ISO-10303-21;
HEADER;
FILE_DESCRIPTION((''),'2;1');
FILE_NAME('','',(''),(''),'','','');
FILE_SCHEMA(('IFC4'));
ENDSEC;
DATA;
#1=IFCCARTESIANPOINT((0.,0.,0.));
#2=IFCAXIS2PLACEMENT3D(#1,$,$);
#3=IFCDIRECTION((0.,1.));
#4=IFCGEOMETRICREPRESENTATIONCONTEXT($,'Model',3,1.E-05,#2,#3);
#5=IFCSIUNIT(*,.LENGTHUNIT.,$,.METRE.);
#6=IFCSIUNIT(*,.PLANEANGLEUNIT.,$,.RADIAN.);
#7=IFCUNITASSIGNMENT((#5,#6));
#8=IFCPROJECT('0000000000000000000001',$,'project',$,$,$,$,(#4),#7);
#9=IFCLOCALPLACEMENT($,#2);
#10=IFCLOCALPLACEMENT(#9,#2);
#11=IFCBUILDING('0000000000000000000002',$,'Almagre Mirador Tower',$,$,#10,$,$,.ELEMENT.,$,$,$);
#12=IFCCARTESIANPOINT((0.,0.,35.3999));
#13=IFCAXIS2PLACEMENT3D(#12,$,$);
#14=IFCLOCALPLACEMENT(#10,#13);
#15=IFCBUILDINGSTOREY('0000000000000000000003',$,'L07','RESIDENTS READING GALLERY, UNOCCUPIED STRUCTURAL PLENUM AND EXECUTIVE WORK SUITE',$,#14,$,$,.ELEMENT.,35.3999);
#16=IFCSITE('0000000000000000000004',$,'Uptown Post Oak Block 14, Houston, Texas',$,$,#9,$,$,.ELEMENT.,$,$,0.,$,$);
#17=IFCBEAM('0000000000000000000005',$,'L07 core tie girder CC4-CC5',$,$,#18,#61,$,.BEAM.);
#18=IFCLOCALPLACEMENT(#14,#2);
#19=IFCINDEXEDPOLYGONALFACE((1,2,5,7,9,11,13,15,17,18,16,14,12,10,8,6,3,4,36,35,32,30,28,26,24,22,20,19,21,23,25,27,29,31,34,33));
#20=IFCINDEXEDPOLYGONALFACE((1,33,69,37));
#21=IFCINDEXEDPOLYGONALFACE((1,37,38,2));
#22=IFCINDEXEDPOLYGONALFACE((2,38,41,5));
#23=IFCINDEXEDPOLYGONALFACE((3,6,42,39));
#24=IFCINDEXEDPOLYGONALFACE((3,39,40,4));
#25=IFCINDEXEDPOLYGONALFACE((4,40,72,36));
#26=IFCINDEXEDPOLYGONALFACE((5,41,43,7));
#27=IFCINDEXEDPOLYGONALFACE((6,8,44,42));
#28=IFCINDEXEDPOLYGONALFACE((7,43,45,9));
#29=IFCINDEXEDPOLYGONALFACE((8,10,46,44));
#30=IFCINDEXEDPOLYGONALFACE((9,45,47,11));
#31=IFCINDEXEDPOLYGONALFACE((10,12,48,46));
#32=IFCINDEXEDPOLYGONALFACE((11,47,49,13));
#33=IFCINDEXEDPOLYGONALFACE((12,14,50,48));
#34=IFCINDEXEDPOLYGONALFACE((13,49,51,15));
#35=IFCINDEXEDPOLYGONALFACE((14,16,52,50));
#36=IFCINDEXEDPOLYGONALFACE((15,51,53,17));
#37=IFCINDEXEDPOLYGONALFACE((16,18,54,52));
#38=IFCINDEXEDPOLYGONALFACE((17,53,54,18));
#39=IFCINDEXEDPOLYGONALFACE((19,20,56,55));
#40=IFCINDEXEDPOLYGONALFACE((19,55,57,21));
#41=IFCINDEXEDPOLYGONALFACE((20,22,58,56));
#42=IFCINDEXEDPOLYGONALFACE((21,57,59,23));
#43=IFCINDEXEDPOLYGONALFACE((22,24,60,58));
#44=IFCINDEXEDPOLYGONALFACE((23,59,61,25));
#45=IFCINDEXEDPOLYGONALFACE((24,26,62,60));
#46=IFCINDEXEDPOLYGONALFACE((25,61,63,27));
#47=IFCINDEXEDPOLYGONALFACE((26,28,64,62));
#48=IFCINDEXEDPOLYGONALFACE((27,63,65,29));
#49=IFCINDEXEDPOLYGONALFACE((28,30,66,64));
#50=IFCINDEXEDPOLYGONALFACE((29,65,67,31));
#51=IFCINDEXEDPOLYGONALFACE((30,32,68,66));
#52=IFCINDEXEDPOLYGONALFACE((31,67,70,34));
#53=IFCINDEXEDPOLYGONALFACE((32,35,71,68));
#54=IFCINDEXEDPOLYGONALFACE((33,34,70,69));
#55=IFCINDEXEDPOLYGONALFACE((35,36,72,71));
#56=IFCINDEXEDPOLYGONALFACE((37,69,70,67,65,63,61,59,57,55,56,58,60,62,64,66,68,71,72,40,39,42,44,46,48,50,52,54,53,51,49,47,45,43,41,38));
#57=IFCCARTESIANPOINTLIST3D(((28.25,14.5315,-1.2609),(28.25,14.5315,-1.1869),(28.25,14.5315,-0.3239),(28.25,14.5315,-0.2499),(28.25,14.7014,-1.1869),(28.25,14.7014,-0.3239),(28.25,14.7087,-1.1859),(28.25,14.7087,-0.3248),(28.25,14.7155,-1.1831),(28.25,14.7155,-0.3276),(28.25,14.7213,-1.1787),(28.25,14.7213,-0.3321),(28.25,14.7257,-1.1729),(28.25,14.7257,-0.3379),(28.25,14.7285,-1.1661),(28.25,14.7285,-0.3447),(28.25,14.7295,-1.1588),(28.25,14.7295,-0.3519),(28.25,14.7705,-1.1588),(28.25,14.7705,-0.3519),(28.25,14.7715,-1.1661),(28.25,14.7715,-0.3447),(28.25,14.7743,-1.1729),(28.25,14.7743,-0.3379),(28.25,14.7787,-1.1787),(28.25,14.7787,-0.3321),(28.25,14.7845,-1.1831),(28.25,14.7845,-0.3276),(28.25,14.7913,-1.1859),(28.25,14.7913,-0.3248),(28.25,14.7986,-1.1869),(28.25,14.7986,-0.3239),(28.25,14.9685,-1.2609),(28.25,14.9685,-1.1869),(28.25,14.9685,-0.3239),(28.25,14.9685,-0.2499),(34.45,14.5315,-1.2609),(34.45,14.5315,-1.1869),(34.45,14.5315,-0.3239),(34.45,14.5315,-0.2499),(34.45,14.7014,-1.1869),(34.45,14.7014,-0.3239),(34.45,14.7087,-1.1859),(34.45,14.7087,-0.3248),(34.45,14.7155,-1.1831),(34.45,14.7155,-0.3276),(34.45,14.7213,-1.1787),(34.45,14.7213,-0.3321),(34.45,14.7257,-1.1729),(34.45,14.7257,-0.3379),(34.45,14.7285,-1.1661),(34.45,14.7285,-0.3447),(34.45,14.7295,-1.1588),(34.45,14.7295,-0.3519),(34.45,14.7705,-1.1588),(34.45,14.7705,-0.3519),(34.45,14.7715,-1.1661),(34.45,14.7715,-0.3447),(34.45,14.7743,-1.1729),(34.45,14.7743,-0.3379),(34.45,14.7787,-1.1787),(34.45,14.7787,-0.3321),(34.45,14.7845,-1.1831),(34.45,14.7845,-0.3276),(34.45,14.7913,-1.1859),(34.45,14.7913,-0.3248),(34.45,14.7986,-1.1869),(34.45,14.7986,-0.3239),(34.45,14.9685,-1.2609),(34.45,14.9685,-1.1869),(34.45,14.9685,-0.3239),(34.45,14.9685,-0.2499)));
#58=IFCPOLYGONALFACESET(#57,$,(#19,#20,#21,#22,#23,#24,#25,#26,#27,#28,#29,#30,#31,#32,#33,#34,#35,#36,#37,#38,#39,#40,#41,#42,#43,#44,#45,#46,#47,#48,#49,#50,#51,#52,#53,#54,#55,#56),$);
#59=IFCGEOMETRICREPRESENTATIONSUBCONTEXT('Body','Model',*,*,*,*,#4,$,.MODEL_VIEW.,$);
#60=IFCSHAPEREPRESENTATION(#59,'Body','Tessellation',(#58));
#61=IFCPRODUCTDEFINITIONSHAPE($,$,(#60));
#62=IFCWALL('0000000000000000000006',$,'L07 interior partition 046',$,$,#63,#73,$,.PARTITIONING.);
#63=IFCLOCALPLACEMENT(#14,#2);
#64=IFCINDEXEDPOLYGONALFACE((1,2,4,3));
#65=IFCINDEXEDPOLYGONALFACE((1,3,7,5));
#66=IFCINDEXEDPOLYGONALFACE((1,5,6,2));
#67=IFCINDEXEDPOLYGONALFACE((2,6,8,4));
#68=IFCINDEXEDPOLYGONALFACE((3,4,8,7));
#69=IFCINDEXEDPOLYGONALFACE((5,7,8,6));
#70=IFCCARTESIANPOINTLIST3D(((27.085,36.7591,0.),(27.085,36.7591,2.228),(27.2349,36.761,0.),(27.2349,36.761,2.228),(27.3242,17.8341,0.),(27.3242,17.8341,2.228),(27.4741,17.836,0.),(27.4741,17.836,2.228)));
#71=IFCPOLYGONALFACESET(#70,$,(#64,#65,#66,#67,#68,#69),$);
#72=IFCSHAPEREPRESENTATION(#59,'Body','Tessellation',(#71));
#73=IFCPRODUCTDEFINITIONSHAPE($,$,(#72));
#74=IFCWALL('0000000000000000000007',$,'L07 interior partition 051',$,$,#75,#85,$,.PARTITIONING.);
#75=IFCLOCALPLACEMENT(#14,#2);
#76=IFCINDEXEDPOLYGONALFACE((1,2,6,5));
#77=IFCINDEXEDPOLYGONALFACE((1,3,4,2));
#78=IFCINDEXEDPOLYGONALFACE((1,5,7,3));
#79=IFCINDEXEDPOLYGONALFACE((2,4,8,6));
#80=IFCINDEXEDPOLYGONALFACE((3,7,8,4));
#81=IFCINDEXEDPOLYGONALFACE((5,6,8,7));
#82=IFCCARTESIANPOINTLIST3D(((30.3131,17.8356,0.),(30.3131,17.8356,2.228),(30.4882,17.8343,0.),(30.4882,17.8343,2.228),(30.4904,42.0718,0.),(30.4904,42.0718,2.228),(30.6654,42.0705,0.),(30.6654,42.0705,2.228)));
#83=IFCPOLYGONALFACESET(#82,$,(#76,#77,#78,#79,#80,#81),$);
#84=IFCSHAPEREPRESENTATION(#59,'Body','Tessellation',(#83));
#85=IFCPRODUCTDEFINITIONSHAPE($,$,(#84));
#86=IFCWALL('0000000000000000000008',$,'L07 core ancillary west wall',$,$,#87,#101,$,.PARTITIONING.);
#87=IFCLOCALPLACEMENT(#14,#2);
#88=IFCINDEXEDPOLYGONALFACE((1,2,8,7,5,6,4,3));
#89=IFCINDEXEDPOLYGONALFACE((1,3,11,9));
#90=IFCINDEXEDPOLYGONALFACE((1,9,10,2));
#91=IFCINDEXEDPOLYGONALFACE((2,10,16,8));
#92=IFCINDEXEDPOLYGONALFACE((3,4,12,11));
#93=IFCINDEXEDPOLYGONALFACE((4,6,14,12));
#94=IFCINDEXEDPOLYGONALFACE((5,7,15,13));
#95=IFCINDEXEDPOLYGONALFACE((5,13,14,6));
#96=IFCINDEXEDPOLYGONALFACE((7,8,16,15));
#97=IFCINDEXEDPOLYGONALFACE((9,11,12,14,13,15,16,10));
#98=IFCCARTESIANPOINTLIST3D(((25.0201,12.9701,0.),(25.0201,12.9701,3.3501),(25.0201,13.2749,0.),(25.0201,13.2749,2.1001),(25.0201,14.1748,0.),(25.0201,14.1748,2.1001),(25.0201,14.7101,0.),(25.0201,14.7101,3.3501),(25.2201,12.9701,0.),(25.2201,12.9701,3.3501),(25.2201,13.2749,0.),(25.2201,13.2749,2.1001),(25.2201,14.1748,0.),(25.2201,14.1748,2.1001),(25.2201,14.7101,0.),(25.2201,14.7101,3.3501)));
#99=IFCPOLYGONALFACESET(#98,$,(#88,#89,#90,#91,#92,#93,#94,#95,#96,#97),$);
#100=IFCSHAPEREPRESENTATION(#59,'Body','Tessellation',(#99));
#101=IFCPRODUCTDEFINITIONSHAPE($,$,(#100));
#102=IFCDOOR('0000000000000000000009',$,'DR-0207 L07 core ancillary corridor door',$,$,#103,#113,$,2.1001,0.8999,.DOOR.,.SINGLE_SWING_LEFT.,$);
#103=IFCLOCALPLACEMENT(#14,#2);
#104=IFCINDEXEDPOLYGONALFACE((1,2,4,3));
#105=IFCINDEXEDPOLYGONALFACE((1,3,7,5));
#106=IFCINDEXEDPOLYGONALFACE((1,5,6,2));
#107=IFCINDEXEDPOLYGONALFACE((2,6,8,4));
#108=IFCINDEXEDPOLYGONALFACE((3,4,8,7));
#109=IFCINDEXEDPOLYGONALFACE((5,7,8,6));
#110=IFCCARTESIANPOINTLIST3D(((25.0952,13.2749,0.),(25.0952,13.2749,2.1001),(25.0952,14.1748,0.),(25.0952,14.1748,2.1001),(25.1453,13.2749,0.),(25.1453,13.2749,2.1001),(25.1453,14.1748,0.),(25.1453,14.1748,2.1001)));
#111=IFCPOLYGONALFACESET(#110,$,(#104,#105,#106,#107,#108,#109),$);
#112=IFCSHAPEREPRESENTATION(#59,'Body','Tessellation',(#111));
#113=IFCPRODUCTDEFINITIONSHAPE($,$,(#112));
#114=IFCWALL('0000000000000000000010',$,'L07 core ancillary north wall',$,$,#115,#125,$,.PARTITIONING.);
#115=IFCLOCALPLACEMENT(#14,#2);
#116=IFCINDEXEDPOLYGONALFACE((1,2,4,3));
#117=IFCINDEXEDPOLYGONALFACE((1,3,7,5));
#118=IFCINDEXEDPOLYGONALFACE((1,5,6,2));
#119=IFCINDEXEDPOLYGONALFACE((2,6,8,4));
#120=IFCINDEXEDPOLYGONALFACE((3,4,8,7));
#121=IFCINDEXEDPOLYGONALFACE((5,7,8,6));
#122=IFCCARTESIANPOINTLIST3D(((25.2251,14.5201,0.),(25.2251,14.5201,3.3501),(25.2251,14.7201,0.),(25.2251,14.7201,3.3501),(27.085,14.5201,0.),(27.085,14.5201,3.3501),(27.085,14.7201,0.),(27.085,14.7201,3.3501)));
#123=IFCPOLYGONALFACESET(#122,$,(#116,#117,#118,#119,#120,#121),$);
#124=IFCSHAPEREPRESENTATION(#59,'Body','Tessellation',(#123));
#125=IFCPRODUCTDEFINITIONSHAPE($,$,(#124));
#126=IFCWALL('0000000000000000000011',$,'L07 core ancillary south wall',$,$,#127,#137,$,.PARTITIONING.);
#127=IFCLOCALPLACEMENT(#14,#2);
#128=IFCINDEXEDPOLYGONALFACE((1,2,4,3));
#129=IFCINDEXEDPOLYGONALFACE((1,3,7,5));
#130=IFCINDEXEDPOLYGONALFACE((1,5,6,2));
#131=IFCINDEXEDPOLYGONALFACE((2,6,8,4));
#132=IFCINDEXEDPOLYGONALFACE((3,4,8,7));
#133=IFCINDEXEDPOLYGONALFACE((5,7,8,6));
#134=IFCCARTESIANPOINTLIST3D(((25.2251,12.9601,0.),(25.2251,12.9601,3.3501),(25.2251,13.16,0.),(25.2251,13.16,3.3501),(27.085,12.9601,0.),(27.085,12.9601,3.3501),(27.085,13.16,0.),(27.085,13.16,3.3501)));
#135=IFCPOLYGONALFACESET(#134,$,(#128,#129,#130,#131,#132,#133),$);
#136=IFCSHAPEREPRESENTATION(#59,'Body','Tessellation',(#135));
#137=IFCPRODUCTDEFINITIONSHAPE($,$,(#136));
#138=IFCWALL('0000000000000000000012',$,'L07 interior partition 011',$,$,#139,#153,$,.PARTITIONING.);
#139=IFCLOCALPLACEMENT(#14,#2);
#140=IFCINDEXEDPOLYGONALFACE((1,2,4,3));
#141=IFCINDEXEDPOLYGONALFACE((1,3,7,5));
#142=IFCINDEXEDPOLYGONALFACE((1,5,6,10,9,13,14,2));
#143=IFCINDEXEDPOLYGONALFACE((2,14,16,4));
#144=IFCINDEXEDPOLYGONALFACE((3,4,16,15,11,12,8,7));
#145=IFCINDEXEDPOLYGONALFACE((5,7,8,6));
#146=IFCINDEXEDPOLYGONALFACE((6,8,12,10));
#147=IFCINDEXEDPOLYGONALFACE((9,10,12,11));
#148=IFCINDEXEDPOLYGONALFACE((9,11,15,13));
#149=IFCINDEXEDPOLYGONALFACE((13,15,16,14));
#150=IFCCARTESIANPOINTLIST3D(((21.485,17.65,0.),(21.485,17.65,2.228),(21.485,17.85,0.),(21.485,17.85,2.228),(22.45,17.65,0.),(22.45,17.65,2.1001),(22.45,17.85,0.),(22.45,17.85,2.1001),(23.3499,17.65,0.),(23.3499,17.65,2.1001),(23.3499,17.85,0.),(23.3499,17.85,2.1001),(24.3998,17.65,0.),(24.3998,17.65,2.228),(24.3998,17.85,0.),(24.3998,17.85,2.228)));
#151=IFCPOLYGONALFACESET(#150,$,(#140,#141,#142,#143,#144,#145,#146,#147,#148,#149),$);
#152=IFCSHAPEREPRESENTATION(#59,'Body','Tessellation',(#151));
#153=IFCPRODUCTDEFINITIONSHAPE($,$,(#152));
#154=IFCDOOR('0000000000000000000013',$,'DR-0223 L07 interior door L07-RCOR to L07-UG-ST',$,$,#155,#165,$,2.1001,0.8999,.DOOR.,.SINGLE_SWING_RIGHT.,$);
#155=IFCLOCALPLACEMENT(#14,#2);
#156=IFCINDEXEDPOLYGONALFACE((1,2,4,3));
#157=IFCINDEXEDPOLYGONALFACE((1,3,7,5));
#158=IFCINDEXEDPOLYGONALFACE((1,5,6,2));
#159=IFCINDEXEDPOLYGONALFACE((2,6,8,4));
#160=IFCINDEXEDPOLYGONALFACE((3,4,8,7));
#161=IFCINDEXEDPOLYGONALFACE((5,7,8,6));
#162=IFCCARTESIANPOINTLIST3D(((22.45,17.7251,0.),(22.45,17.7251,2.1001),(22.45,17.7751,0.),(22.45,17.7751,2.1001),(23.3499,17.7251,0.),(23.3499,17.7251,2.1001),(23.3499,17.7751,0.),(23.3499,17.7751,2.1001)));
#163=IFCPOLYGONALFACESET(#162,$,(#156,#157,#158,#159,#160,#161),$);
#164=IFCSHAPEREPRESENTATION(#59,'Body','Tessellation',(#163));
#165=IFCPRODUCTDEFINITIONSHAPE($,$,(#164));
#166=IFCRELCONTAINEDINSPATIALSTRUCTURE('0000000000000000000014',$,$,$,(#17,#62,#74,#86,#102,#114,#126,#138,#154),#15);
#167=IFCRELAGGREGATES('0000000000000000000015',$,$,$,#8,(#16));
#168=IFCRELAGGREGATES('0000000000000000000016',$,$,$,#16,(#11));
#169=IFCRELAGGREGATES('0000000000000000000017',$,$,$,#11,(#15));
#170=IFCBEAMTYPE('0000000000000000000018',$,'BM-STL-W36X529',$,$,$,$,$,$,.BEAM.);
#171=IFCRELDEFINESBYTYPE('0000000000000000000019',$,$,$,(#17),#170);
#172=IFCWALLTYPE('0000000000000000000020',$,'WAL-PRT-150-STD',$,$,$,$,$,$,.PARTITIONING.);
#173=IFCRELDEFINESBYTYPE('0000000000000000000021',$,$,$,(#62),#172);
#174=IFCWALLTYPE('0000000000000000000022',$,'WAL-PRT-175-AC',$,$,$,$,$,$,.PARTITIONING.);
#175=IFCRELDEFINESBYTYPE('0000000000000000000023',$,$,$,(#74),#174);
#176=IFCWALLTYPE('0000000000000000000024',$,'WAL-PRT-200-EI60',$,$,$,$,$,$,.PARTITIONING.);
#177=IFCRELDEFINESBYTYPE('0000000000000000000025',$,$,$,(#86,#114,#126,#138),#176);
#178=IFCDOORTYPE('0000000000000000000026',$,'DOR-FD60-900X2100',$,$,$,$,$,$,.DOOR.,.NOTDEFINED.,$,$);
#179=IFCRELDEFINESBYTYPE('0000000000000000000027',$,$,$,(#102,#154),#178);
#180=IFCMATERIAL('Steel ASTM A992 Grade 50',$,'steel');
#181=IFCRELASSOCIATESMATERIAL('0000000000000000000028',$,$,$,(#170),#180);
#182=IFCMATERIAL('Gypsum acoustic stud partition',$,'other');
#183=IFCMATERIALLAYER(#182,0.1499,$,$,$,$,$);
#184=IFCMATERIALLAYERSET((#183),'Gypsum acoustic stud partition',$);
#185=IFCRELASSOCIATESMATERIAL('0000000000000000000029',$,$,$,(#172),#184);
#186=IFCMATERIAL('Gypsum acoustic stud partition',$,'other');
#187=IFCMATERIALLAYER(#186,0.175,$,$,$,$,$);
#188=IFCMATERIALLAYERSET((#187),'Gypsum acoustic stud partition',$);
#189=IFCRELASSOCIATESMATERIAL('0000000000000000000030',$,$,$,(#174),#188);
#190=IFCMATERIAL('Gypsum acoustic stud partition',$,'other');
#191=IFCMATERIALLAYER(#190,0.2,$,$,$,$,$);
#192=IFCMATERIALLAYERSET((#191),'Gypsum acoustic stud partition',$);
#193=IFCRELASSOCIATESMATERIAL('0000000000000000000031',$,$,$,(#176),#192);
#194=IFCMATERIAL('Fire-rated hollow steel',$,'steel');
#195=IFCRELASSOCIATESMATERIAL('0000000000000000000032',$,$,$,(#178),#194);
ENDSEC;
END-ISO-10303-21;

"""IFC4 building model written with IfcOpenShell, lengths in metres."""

from ifc_helpers import new_model, si_unit, direction, frame, frame_2d, origin, origin_2d, place, context, subcontext, project, spatial, rectangle, i_section, extrude, material, layer, layer_set, material_profile, profile_set, type_object, element, fill, save


model = new_model("IFC4")

# Units and contexts
model_context = context("Model", 3, precision=1e-05, world=origin(), true_north=direction((0.0, 1.0)))
body_context = subcontext(model_context, "Body", "Model", "MODEL_VIEW")
ifc_project = project(units=[si_unit("LENGTHUNIT", "METRE"), si_unit("PLANEANGLEUNIT", "RADIAN")], contexts=[model_context])

# Site, building, storey
site_placement = place(None, origin())
site = spatial("IfcSite", under=ifc_project, at=site_placement, Name="Uptown Post Oak Block 14, Houston, Texas", CompositionType="ELEMENT", RefElevation=0.0)
building_placement = place(site_placement, origin())
building = spatial("IfcBuilding", under=site, at=building_placement, Name="Almagre Mirador Tower", CompositionType="ELEMENT")
storey_placement = place(building_placement, frame((0.0, 0.0, 35.3999)))
storey = spatial("IfcBuildingStorey", under=building, at=storey_placement, Name="L07", Description="RESIDENTS READING GALLERY, UNOCCUPIED STRUCTURAL PLENUM AND EXECUTIVE WORK SUITE", CompositionType="ELEMENT", Elevation=35.3999)

# Beam
ifc_material_1 = material(Name="Steel ASTM A992 Grade 50", Category="steel")
ifc_material_profile_1 = material_profile(ifc_material_1, i_section(OverallWidth=0.437, OverallDepth=1.011, WebThickness=0.041, FlangeThickness=0.074, FilletRadius=0.0281, at=origin_2d()), Name="W36X529")
ifc_profile_set_1 = profile_set([ifc_material_profile_1], Name="Steel ASTM A992 Grade 50")
beam_type_1 = type_object("IfcBeamType", Name="BM-STL-W36X529", PredefinedType="BEAM", material=ifc_profile_set_1)
beam_1_placement = place(storey_placement, frame((28.25, 14.75, -0.7554), z_axis=(1.0, 0.0, 0.0), x_axis=(0.0, 1.0, 0.0)))
element("IfcBeam", 1, at=beam_1_placement, inside=storey, type_object=beam_type_1, Name="L07 core tie girder CC4-CC5", PredefinedType="BEAM", context=body_context, shape_type="SweptSolid", body=[
    extrude(i_section(OverallWidth=0.437, OverallDepth=1.011, WebThickness=0.041, FlangeThickness=0.074, FilletRadius=0.0281, at=origin_2d()), origin(), (0.0, 0.0, 1.0), 6.2),
])

# Walls
ifc_material_2 = material(Name="Gypsum acoustic stud partition", Category="other")
ifc_layer_1 = layer(ifc_material_2, 0.1499)
ifc_layer_set_1 = layer_set([ifc_layer_1], Name="Gypsum acoustic stud partition")
wall_type_1 = type_object("IfcWallType", Name="WAL-PRT-150-STD", PredefinedType="PARTITIONING", material=ifc_layer_set_1)
wall_1_placement = place(storey_placement, frame((27.3992, 17.835, 0.0), z_axis=(0.0, 0.0, 1.0), x_axis=(-0.012641, 0.99992, 0.0)))
element("IfcWall", 2, at=wall_1_placement, inside=storey, type_object=wall_type_1, Name="L07 interior partition 046", PredefinedType="PARTITIONING", context=body_context, shape_type="SweptSolid", body=[
    extrude(rectangle(XDim=18.9265, YDim=0.1499, at=frame_2d((9.4634, 0.0))), origin(), (0.0, 0.0, 1.0), 2.228),
])
ifc_material_3 = material(Name="Gypsum acoustic stud partition", Category="other")
ifc_layer_2 = layer(ifc_material_3, 0.175)
ifc_layer_set_2 = layer_set([ifc_layer_2], Name="Gypsum acoustic stud partition")
wall_type_2 = type_object("IfcWallType", Name="WAL-PRT-175-AC", PredefinedType="PARTITIONING", material=ifc_layer_set_2)
wall_2_placement = place(storey_placement, frame((30.4006, 17.835, 0.0), z_axis=(0.0, 0.0, 1.0), x_axis=(0.007313, 0.999973, 0.0)))
element("IfcWall", 3, at=wall_2_placement, inside=storey, type_object=wall_type_2, Name="L07 interior partition 051", PredefinedType="PARTITIONING", context=body_context, shape_type="SweptSolid", body=[
    extrude(rectangle(XDim=24.2368, YDim=0.175, at=frame_2d((12.1184, 0.0))), origin(), (0.0, 0.0, 1.0), 2.228),
])

# Wall, opening, door
ifc_material_4 = material(Name="Gypsum acoustic stud partition", Category="other")
ifc_layer_3 = layer(ifc_material_4, 0.2)
ifc_layer_set_3 = layer_set([ifc_layer_3], Name="Gypsum acoustic stud partition")
wall_type_3 = type_object("IfcWallType", Name="WAL-PRT-200-EI60", PredefinedType="PARTITIONING", material=ifc_layer_set_3)
wall_3_placement = place(storey_placement, frame((25.1201, 12.97, 0.0), z_axis=(0.0, 0.0, 1.0), x_axis=(0.0, 1.0, 0.0)))
wall_3 = element("IfcWall", 4, at=wall_3_placement, inside=storey, type_object=wall_type_3, Name="L07 core ancillary west wall", PredefinedType="PARTITIONING", context=body_context, shape_type="SweptSolid", body=[
    extrude(rectangle(XDim=1.74, YDim=0.2, at=frame_2d((0.8701, 0.0))), origin(), (0.0, 0.0, 1.0), 3.3501),
])
opening_1_placement = place(wall_3_placement, frame((0.3049, 0.0, 0.0)))
opening_1 = element("IfcOpeningElement", 5, at=opening_1_placement, cuts=wall_3, PredefinedType="OPENING", context=body_context, shape_type="SweptSolid", body=[
    extrude(rectangle(XDim=0.8999, YDim=2.1001, at=frame_2d((0.45, 1.05))), frame((0.0, 0.1101, 0.0), z_axis=(0.0, -1.0, 0.0), x_axis=(1.0, 0.0, 0.0)), (0.0, 0.0, 1.0), 0.22),
])
ifc_material_5 = material(Name="Fire-rated hollow steel", Category="steel")
door_type_1 = type_object("IfcDoorType", Name="DOR-FD60-900X2100", OperationType="NOTDEFINED", PredefinedType="DOOR", material=ifc_material_5)
door_1_placement = place(opening_1_placement, origin())
door_1 = element("IfcDoor", 6, at=door_1_placement, inside=storey, type_object=door_type_1, Name="DR-0207 L07 core ancillary corridor door", OperationType="SINGLE_SWING_LEFT", OverallHeight=2.1001, OverallWidth=0.8999, PredefinedType="DOOR", context=body_context, shape_type="SweptSolid", body=[
    extrude(rectangle(XDim=0.8999, YDim=2.1001, at=frame_2d((0.45, 1.05))), frame((0.0, 0.0249, 0.0), z_axis=(0.0, -1.0, 0.0), x_axis=(1.0, 0.0, 0.0)), (0.0, 0.0, 1.0), 0.05),
])
fill(opening_1, door_1)

# Walls
for number, where, z_axis, x_axis, name in (
    (7, (25.2251, 14.6201, 0.0), (0.0, 0.0, 1.0), (1.0, 0.0, 0.0), "L07 core ancillary north wall"),
    (8, (25.2251, 13.0601, 0.0), (0.0, 0.0, 1.0), (1.0, 0.0, 0.0), "L07 core ancillary south wall"),
):
    element("IfcWall", number, at=place(storey_placement, frame(where, z_axis=z_axis, x_axis=x_axis)), inside=storey, type_object=wall_type_3, Name=name, PredefinedType="PARTITIONING", context=body_context, shape_type="SweptSolid", body=[
        extrude(rectangle(XDim=1.8599, YDim=0.2, at=frame_2d((0.9299, 0.0))), origin(), (0.0, 0.0, 1.0), 3.3501),
    ])

# Wall, opening, door
wall_4_placement = place(storey_placement, frame((24.3999, 17.75, 0.0), z_axis=(0.0, 0.0, 1.0), x_axis=(-1.0, 0.0, 0.0)))
wall_4 = element("IfcWall", 9, at=wall_4_placement, inside=storey, type_object=wall_type_3, Name="L07 interior partition 011", PredefinedType="PARTITIONING", context=body_context, shape_type="SweptSolid", body=[
    extrude(rectangle(XDim=2.9148, YDim=0.2, at=frame_2d((1.4575, 0.0))), origin(), (0.0, 0.0, 1.0), 2.228),
])
opening_2_placement = place(wall_4_placement, frame((1.05, 0.0, 0.0)))
opening_2 = element("IfcOpeningElement", 10, at=opening_2_placement, cuts=wall_4, PredefinedType="OPENING", context=body_context, shape_type="SweptSolid", body=[
    extrude(rectangle(XDim=0.8999, YDim=2.1001, at=frame_2d((0.45, 1.05))), frame((0.0, 0.1101, 0.0), z_axis=(0.0, -1.0, 0.0), x_axis=(1.0, 0.0, 0.0)), (0.0, 0.0, 1.0), 0.22),
])
door_2_placement = place(opening_2_placement, origin())
door_2 = element("IfcDoor", 11, at=door_2_placement, inside=storey, type_object=door_type_1, Name="DR-0223 L07 interior door L07-RCOR to L07-UG-ST", OperationType="SINGLE_SWING_RIGHT", OverallHeight=2.1001, OverallWidth=0.8999, PredefinedType="DOOR", context=body_context, shape_type="SweptSolid", body=[
    extrude(rectangle(XDim=0.8999, YDim=2.1001, at=frame_2d((0.45, 1.05))), frame((0.0, 0.0249, 0.0), z_axis=(0.0, -1.0, 0.0), x_axis=(1.0, 0.0, 0.0)), (0.0, 0.0, 1.0), 0.05),
])
fill(opening_2, door_2)

save(model, "model.ifc")
